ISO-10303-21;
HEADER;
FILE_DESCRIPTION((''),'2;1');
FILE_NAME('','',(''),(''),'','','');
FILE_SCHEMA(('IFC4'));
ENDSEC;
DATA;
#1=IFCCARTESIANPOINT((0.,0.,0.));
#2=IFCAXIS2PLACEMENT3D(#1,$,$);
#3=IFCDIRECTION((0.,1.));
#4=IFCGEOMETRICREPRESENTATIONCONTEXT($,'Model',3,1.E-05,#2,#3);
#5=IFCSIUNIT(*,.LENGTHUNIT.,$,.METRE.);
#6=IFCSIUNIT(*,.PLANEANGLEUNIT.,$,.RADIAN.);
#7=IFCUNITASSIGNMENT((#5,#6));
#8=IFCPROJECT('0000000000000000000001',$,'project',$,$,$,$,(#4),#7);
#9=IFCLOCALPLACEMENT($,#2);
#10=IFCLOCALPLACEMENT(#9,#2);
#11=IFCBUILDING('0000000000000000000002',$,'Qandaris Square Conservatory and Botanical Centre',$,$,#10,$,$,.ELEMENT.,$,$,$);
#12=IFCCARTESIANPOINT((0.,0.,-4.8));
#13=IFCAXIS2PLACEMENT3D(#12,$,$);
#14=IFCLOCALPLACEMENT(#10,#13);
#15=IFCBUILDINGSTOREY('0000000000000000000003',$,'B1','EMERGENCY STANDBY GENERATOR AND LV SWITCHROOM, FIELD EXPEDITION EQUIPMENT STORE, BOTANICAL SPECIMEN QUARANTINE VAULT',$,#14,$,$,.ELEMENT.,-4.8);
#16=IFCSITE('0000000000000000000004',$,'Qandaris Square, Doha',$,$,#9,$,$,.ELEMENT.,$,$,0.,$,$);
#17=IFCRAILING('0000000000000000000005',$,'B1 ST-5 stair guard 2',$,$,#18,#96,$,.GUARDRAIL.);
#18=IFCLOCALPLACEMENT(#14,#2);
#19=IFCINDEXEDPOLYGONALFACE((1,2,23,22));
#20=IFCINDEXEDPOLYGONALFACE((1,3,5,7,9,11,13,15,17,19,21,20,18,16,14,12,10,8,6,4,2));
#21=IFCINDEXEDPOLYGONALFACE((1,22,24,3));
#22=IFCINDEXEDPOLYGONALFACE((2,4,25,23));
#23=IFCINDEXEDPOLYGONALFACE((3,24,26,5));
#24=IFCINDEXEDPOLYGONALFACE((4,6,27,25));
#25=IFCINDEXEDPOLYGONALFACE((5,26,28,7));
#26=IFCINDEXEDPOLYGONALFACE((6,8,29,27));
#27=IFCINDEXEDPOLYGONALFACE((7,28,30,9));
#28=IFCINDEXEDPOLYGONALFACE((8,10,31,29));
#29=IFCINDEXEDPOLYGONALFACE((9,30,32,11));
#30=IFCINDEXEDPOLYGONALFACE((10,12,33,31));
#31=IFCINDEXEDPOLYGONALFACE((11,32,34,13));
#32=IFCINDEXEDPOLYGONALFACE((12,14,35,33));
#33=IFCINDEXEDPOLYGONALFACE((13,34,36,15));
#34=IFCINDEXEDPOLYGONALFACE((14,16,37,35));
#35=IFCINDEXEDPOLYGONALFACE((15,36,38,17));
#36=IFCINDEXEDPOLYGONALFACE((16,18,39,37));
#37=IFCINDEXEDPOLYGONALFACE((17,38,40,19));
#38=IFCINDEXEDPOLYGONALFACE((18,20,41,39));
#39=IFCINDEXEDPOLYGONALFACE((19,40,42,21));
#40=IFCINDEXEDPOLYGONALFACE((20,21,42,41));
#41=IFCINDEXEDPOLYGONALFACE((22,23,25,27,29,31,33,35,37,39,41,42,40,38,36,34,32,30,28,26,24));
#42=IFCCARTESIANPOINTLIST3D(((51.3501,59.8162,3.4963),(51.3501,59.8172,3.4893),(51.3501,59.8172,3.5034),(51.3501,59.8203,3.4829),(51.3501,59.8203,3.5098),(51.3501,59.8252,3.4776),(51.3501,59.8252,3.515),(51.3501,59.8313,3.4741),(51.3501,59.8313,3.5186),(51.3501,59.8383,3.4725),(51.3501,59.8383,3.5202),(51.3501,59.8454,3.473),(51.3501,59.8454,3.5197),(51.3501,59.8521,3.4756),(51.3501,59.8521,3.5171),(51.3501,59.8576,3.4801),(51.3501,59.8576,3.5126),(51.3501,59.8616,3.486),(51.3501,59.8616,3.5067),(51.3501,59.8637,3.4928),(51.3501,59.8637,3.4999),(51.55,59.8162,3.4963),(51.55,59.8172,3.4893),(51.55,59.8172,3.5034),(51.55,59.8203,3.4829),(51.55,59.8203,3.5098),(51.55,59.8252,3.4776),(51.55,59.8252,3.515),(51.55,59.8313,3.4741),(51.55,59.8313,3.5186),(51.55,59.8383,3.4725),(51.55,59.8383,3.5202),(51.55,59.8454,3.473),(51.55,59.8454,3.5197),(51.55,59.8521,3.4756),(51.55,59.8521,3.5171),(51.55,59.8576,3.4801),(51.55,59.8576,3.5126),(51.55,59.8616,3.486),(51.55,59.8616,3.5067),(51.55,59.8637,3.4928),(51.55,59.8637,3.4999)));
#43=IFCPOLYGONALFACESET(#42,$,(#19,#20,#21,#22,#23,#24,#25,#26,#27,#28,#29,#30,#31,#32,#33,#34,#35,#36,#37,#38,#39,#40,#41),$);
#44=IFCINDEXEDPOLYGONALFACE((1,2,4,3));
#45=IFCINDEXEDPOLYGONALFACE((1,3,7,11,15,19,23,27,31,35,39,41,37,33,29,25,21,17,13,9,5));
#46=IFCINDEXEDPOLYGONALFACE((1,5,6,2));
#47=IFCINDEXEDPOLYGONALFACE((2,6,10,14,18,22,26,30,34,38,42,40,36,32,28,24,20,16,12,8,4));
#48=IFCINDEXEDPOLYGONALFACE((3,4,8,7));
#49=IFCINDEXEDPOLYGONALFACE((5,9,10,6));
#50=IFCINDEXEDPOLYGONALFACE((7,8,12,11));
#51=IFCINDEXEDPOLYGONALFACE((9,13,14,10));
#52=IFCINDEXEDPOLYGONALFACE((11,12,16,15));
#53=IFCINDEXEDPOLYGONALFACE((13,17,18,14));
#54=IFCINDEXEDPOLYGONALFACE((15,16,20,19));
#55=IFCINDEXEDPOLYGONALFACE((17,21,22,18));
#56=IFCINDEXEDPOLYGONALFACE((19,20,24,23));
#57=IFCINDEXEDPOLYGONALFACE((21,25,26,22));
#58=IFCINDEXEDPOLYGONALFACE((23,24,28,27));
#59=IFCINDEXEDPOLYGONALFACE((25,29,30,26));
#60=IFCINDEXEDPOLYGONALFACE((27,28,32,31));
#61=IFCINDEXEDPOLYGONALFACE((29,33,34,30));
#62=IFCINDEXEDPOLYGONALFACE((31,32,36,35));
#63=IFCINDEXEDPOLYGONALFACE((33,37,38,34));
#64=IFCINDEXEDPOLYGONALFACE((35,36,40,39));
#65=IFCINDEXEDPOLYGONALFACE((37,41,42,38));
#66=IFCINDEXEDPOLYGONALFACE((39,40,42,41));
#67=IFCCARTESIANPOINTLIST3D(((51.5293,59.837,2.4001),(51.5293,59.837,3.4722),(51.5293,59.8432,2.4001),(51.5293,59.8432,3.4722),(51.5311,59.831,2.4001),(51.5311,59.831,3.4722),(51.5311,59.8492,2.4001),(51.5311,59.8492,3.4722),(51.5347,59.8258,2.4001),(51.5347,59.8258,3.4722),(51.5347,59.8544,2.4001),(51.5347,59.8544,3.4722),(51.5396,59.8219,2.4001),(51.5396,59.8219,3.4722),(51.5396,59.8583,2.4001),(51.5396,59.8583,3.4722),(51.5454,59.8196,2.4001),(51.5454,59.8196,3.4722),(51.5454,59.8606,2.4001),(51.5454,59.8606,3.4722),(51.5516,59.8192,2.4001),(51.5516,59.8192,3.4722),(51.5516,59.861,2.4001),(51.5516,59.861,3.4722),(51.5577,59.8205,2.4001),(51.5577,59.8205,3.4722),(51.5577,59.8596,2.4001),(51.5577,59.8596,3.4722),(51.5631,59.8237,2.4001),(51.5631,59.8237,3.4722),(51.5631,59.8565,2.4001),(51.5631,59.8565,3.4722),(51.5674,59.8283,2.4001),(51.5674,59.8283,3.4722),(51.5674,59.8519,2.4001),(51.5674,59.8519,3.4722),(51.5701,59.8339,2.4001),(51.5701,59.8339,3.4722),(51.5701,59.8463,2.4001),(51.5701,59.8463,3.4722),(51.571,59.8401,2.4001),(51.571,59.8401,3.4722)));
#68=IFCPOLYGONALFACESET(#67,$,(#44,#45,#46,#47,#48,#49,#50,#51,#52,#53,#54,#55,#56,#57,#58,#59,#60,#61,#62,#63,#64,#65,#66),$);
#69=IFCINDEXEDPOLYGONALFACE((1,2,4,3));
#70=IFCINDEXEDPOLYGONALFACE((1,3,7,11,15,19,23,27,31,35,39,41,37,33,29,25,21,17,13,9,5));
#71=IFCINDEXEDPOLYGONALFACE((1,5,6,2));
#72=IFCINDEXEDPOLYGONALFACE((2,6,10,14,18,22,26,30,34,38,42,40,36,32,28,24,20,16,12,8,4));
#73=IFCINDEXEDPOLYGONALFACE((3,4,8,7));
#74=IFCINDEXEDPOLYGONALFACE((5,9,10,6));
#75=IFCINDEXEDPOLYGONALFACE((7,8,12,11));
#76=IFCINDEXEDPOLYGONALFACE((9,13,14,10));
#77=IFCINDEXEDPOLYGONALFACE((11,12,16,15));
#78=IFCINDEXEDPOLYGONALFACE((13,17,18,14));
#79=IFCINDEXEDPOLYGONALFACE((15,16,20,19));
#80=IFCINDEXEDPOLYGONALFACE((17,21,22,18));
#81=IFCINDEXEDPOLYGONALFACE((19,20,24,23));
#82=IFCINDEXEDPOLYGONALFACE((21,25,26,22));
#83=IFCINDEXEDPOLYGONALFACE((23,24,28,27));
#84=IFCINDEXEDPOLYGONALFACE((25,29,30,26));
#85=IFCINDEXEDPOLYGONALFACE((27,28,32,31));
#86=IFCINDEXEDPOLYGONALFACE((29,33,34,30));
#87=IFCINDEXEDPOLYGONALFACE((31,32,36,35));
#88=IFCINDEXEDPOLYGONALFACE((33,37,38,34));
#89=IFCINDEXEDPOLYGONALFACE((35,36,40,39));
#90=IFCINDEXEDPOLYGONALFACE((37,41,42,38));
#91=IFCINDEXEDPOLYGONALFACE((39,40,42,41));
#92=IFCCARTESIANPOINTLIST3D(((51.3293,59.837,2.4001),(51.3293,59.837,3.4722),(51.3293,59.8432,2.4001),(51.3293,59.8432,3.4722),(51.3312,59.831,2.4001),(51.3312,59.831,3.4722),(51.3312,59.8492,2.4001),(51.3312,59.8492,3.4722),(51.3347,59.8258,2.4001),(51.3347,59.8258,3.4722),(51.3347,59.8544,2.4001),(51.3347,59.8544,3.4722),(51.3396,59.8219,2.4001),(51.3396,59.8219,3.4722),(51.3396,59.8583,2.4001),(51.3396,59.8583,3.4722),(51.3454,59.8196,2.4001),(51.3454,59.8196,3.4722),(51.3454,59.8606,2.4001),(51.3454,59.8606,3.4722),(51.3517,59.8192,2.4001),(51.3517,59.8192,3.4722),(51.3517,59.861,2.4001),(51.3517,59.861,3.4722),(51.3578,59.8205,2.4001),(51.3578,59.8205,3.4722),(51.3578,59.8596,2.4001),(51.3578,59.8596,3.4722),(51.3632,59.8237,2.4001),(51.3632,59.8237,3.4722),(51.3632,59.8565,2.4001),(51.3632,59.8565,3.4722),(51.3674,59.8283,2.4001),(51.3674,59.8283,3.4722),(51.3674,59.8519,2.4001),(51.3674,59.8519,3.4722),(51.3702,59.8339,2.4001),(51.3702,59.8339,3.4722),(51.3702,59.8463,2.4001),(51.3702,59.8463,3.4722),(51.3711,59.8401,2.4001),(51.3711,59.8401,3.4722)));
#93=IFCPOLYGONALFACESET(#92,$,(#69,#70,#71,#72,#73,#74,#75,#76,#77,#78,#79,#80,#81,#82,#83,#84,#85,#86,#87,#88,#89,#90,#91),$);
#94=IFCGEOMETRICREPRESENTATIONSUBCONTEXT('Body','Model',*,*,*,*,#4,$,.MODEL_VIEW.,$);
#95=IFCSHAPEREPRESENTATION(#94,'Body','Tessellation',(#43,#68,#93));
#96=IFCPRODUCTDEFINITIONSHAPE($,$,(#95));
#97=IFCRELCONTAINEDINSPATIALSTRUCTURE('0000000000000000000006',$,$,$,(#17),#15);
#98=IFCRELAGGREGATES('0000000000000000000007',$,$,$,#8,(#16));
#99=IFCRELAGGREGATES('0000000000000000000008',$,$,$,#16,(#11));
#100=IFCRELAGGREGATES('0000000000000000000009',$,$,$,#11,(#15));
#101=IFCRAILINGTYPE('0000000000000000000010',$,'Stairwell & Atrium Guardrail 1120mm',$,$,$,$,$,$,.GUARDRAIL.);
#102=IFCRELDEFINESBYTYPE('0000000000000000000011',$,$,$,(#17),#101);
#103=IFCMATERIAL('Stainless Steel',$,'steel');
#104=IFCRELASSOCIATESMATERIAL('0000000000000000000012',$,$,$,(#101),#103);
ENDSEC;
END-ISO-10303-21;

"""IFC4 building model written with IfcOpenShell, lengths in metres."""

from ifc_helpers import new_model, si_unit, direction, frame, origin, origin_2d, place, context, subcontext, project, spatial, circle, extrude, material, type_object, element, save


model = new_model("IFC4")

# Units and contexts
model_context = context("Model", 3, precision=1e-05, world=origin(), true_north=direction((0.0, 1.0)))
body_context = subcontext(model_context, "Body", "Model", "MODEL_VIEW")
ifc_project = project(units=[si_unit("LENGTHUNIT", "METRE"), si_unit("PLANEANGLEUNIT", "RADIAN")], contexts=[model_context])

# Site, building, storey
site_placement = place(None, origin())
site = spatial("IfcSite", under=ifc_project, at=site_placement, Name="Qandaris Square, Doha", CompositionType="ELEMENT", RefElevation=0.0)
building_placement = place(site_placement, origin())
building = spatial("IfcBuilding", under=site, at=building_placement, Name="Qandaris Square Conservatory and Botanical Centre", CompositionType="ELEMENT")
storey_placement = place(building_placement, frame((0.0, 0.0, -4.8)))
storey = spatial("IfcBuildingStorey", under=building, at=storey_placement, Name="B1", Description="EMERGENCY STANDBY GENERATOR AND LV SWITCHROOM, FIELD EXPEDITION EQUIPMENT STORE, BOTANICAL SPECIMEN QUARANTINE VAULT", CompositionType="ELEMENT", Elevation=-4.8)

# Railing
ifc_material_1 = material(Name="Stainless Steel", Category="steel")
railing_type_1 = type_object("IfcRailingType", Name="Stairwell & Atrium Guardrail 1120mm", PredefinedType="GUARDRAIL", material=ifc_material_1)
railing_1_placement = place(storey_placement, frame((51.55, 59.8401, 2.4001)))
element("IfcRailing", 1, at=railing_1_placement, inside=storey, type_object=railing_type_1, Name="B1 ST-5 stair guard 2", PredefinedType="GUARDRAIL", context=body_context, shape_type="SweptSolid", body=[
    extrude(circle(Radius=0.0239, at=origin_2d()), frame((0.0, 0.0, 1.0962), z_axis=(-1.0, 0.0, 0.0), x_axis=(0.0, -1.0, 0.0)), (0.0, 0.0, 1.0), 0.2),
    extrude(circle(Radius=0.021, at=origin_2d()), origin(), (0.0, 0.0, 1.0), 1.072),
    extrude(circle(Radius=0.021, at=origin_2d()), frame((-0.2, 0.0, 0.0)), (0.0, 0.0, 1.0), 1.072),
])

save(model, "model.ifc")
